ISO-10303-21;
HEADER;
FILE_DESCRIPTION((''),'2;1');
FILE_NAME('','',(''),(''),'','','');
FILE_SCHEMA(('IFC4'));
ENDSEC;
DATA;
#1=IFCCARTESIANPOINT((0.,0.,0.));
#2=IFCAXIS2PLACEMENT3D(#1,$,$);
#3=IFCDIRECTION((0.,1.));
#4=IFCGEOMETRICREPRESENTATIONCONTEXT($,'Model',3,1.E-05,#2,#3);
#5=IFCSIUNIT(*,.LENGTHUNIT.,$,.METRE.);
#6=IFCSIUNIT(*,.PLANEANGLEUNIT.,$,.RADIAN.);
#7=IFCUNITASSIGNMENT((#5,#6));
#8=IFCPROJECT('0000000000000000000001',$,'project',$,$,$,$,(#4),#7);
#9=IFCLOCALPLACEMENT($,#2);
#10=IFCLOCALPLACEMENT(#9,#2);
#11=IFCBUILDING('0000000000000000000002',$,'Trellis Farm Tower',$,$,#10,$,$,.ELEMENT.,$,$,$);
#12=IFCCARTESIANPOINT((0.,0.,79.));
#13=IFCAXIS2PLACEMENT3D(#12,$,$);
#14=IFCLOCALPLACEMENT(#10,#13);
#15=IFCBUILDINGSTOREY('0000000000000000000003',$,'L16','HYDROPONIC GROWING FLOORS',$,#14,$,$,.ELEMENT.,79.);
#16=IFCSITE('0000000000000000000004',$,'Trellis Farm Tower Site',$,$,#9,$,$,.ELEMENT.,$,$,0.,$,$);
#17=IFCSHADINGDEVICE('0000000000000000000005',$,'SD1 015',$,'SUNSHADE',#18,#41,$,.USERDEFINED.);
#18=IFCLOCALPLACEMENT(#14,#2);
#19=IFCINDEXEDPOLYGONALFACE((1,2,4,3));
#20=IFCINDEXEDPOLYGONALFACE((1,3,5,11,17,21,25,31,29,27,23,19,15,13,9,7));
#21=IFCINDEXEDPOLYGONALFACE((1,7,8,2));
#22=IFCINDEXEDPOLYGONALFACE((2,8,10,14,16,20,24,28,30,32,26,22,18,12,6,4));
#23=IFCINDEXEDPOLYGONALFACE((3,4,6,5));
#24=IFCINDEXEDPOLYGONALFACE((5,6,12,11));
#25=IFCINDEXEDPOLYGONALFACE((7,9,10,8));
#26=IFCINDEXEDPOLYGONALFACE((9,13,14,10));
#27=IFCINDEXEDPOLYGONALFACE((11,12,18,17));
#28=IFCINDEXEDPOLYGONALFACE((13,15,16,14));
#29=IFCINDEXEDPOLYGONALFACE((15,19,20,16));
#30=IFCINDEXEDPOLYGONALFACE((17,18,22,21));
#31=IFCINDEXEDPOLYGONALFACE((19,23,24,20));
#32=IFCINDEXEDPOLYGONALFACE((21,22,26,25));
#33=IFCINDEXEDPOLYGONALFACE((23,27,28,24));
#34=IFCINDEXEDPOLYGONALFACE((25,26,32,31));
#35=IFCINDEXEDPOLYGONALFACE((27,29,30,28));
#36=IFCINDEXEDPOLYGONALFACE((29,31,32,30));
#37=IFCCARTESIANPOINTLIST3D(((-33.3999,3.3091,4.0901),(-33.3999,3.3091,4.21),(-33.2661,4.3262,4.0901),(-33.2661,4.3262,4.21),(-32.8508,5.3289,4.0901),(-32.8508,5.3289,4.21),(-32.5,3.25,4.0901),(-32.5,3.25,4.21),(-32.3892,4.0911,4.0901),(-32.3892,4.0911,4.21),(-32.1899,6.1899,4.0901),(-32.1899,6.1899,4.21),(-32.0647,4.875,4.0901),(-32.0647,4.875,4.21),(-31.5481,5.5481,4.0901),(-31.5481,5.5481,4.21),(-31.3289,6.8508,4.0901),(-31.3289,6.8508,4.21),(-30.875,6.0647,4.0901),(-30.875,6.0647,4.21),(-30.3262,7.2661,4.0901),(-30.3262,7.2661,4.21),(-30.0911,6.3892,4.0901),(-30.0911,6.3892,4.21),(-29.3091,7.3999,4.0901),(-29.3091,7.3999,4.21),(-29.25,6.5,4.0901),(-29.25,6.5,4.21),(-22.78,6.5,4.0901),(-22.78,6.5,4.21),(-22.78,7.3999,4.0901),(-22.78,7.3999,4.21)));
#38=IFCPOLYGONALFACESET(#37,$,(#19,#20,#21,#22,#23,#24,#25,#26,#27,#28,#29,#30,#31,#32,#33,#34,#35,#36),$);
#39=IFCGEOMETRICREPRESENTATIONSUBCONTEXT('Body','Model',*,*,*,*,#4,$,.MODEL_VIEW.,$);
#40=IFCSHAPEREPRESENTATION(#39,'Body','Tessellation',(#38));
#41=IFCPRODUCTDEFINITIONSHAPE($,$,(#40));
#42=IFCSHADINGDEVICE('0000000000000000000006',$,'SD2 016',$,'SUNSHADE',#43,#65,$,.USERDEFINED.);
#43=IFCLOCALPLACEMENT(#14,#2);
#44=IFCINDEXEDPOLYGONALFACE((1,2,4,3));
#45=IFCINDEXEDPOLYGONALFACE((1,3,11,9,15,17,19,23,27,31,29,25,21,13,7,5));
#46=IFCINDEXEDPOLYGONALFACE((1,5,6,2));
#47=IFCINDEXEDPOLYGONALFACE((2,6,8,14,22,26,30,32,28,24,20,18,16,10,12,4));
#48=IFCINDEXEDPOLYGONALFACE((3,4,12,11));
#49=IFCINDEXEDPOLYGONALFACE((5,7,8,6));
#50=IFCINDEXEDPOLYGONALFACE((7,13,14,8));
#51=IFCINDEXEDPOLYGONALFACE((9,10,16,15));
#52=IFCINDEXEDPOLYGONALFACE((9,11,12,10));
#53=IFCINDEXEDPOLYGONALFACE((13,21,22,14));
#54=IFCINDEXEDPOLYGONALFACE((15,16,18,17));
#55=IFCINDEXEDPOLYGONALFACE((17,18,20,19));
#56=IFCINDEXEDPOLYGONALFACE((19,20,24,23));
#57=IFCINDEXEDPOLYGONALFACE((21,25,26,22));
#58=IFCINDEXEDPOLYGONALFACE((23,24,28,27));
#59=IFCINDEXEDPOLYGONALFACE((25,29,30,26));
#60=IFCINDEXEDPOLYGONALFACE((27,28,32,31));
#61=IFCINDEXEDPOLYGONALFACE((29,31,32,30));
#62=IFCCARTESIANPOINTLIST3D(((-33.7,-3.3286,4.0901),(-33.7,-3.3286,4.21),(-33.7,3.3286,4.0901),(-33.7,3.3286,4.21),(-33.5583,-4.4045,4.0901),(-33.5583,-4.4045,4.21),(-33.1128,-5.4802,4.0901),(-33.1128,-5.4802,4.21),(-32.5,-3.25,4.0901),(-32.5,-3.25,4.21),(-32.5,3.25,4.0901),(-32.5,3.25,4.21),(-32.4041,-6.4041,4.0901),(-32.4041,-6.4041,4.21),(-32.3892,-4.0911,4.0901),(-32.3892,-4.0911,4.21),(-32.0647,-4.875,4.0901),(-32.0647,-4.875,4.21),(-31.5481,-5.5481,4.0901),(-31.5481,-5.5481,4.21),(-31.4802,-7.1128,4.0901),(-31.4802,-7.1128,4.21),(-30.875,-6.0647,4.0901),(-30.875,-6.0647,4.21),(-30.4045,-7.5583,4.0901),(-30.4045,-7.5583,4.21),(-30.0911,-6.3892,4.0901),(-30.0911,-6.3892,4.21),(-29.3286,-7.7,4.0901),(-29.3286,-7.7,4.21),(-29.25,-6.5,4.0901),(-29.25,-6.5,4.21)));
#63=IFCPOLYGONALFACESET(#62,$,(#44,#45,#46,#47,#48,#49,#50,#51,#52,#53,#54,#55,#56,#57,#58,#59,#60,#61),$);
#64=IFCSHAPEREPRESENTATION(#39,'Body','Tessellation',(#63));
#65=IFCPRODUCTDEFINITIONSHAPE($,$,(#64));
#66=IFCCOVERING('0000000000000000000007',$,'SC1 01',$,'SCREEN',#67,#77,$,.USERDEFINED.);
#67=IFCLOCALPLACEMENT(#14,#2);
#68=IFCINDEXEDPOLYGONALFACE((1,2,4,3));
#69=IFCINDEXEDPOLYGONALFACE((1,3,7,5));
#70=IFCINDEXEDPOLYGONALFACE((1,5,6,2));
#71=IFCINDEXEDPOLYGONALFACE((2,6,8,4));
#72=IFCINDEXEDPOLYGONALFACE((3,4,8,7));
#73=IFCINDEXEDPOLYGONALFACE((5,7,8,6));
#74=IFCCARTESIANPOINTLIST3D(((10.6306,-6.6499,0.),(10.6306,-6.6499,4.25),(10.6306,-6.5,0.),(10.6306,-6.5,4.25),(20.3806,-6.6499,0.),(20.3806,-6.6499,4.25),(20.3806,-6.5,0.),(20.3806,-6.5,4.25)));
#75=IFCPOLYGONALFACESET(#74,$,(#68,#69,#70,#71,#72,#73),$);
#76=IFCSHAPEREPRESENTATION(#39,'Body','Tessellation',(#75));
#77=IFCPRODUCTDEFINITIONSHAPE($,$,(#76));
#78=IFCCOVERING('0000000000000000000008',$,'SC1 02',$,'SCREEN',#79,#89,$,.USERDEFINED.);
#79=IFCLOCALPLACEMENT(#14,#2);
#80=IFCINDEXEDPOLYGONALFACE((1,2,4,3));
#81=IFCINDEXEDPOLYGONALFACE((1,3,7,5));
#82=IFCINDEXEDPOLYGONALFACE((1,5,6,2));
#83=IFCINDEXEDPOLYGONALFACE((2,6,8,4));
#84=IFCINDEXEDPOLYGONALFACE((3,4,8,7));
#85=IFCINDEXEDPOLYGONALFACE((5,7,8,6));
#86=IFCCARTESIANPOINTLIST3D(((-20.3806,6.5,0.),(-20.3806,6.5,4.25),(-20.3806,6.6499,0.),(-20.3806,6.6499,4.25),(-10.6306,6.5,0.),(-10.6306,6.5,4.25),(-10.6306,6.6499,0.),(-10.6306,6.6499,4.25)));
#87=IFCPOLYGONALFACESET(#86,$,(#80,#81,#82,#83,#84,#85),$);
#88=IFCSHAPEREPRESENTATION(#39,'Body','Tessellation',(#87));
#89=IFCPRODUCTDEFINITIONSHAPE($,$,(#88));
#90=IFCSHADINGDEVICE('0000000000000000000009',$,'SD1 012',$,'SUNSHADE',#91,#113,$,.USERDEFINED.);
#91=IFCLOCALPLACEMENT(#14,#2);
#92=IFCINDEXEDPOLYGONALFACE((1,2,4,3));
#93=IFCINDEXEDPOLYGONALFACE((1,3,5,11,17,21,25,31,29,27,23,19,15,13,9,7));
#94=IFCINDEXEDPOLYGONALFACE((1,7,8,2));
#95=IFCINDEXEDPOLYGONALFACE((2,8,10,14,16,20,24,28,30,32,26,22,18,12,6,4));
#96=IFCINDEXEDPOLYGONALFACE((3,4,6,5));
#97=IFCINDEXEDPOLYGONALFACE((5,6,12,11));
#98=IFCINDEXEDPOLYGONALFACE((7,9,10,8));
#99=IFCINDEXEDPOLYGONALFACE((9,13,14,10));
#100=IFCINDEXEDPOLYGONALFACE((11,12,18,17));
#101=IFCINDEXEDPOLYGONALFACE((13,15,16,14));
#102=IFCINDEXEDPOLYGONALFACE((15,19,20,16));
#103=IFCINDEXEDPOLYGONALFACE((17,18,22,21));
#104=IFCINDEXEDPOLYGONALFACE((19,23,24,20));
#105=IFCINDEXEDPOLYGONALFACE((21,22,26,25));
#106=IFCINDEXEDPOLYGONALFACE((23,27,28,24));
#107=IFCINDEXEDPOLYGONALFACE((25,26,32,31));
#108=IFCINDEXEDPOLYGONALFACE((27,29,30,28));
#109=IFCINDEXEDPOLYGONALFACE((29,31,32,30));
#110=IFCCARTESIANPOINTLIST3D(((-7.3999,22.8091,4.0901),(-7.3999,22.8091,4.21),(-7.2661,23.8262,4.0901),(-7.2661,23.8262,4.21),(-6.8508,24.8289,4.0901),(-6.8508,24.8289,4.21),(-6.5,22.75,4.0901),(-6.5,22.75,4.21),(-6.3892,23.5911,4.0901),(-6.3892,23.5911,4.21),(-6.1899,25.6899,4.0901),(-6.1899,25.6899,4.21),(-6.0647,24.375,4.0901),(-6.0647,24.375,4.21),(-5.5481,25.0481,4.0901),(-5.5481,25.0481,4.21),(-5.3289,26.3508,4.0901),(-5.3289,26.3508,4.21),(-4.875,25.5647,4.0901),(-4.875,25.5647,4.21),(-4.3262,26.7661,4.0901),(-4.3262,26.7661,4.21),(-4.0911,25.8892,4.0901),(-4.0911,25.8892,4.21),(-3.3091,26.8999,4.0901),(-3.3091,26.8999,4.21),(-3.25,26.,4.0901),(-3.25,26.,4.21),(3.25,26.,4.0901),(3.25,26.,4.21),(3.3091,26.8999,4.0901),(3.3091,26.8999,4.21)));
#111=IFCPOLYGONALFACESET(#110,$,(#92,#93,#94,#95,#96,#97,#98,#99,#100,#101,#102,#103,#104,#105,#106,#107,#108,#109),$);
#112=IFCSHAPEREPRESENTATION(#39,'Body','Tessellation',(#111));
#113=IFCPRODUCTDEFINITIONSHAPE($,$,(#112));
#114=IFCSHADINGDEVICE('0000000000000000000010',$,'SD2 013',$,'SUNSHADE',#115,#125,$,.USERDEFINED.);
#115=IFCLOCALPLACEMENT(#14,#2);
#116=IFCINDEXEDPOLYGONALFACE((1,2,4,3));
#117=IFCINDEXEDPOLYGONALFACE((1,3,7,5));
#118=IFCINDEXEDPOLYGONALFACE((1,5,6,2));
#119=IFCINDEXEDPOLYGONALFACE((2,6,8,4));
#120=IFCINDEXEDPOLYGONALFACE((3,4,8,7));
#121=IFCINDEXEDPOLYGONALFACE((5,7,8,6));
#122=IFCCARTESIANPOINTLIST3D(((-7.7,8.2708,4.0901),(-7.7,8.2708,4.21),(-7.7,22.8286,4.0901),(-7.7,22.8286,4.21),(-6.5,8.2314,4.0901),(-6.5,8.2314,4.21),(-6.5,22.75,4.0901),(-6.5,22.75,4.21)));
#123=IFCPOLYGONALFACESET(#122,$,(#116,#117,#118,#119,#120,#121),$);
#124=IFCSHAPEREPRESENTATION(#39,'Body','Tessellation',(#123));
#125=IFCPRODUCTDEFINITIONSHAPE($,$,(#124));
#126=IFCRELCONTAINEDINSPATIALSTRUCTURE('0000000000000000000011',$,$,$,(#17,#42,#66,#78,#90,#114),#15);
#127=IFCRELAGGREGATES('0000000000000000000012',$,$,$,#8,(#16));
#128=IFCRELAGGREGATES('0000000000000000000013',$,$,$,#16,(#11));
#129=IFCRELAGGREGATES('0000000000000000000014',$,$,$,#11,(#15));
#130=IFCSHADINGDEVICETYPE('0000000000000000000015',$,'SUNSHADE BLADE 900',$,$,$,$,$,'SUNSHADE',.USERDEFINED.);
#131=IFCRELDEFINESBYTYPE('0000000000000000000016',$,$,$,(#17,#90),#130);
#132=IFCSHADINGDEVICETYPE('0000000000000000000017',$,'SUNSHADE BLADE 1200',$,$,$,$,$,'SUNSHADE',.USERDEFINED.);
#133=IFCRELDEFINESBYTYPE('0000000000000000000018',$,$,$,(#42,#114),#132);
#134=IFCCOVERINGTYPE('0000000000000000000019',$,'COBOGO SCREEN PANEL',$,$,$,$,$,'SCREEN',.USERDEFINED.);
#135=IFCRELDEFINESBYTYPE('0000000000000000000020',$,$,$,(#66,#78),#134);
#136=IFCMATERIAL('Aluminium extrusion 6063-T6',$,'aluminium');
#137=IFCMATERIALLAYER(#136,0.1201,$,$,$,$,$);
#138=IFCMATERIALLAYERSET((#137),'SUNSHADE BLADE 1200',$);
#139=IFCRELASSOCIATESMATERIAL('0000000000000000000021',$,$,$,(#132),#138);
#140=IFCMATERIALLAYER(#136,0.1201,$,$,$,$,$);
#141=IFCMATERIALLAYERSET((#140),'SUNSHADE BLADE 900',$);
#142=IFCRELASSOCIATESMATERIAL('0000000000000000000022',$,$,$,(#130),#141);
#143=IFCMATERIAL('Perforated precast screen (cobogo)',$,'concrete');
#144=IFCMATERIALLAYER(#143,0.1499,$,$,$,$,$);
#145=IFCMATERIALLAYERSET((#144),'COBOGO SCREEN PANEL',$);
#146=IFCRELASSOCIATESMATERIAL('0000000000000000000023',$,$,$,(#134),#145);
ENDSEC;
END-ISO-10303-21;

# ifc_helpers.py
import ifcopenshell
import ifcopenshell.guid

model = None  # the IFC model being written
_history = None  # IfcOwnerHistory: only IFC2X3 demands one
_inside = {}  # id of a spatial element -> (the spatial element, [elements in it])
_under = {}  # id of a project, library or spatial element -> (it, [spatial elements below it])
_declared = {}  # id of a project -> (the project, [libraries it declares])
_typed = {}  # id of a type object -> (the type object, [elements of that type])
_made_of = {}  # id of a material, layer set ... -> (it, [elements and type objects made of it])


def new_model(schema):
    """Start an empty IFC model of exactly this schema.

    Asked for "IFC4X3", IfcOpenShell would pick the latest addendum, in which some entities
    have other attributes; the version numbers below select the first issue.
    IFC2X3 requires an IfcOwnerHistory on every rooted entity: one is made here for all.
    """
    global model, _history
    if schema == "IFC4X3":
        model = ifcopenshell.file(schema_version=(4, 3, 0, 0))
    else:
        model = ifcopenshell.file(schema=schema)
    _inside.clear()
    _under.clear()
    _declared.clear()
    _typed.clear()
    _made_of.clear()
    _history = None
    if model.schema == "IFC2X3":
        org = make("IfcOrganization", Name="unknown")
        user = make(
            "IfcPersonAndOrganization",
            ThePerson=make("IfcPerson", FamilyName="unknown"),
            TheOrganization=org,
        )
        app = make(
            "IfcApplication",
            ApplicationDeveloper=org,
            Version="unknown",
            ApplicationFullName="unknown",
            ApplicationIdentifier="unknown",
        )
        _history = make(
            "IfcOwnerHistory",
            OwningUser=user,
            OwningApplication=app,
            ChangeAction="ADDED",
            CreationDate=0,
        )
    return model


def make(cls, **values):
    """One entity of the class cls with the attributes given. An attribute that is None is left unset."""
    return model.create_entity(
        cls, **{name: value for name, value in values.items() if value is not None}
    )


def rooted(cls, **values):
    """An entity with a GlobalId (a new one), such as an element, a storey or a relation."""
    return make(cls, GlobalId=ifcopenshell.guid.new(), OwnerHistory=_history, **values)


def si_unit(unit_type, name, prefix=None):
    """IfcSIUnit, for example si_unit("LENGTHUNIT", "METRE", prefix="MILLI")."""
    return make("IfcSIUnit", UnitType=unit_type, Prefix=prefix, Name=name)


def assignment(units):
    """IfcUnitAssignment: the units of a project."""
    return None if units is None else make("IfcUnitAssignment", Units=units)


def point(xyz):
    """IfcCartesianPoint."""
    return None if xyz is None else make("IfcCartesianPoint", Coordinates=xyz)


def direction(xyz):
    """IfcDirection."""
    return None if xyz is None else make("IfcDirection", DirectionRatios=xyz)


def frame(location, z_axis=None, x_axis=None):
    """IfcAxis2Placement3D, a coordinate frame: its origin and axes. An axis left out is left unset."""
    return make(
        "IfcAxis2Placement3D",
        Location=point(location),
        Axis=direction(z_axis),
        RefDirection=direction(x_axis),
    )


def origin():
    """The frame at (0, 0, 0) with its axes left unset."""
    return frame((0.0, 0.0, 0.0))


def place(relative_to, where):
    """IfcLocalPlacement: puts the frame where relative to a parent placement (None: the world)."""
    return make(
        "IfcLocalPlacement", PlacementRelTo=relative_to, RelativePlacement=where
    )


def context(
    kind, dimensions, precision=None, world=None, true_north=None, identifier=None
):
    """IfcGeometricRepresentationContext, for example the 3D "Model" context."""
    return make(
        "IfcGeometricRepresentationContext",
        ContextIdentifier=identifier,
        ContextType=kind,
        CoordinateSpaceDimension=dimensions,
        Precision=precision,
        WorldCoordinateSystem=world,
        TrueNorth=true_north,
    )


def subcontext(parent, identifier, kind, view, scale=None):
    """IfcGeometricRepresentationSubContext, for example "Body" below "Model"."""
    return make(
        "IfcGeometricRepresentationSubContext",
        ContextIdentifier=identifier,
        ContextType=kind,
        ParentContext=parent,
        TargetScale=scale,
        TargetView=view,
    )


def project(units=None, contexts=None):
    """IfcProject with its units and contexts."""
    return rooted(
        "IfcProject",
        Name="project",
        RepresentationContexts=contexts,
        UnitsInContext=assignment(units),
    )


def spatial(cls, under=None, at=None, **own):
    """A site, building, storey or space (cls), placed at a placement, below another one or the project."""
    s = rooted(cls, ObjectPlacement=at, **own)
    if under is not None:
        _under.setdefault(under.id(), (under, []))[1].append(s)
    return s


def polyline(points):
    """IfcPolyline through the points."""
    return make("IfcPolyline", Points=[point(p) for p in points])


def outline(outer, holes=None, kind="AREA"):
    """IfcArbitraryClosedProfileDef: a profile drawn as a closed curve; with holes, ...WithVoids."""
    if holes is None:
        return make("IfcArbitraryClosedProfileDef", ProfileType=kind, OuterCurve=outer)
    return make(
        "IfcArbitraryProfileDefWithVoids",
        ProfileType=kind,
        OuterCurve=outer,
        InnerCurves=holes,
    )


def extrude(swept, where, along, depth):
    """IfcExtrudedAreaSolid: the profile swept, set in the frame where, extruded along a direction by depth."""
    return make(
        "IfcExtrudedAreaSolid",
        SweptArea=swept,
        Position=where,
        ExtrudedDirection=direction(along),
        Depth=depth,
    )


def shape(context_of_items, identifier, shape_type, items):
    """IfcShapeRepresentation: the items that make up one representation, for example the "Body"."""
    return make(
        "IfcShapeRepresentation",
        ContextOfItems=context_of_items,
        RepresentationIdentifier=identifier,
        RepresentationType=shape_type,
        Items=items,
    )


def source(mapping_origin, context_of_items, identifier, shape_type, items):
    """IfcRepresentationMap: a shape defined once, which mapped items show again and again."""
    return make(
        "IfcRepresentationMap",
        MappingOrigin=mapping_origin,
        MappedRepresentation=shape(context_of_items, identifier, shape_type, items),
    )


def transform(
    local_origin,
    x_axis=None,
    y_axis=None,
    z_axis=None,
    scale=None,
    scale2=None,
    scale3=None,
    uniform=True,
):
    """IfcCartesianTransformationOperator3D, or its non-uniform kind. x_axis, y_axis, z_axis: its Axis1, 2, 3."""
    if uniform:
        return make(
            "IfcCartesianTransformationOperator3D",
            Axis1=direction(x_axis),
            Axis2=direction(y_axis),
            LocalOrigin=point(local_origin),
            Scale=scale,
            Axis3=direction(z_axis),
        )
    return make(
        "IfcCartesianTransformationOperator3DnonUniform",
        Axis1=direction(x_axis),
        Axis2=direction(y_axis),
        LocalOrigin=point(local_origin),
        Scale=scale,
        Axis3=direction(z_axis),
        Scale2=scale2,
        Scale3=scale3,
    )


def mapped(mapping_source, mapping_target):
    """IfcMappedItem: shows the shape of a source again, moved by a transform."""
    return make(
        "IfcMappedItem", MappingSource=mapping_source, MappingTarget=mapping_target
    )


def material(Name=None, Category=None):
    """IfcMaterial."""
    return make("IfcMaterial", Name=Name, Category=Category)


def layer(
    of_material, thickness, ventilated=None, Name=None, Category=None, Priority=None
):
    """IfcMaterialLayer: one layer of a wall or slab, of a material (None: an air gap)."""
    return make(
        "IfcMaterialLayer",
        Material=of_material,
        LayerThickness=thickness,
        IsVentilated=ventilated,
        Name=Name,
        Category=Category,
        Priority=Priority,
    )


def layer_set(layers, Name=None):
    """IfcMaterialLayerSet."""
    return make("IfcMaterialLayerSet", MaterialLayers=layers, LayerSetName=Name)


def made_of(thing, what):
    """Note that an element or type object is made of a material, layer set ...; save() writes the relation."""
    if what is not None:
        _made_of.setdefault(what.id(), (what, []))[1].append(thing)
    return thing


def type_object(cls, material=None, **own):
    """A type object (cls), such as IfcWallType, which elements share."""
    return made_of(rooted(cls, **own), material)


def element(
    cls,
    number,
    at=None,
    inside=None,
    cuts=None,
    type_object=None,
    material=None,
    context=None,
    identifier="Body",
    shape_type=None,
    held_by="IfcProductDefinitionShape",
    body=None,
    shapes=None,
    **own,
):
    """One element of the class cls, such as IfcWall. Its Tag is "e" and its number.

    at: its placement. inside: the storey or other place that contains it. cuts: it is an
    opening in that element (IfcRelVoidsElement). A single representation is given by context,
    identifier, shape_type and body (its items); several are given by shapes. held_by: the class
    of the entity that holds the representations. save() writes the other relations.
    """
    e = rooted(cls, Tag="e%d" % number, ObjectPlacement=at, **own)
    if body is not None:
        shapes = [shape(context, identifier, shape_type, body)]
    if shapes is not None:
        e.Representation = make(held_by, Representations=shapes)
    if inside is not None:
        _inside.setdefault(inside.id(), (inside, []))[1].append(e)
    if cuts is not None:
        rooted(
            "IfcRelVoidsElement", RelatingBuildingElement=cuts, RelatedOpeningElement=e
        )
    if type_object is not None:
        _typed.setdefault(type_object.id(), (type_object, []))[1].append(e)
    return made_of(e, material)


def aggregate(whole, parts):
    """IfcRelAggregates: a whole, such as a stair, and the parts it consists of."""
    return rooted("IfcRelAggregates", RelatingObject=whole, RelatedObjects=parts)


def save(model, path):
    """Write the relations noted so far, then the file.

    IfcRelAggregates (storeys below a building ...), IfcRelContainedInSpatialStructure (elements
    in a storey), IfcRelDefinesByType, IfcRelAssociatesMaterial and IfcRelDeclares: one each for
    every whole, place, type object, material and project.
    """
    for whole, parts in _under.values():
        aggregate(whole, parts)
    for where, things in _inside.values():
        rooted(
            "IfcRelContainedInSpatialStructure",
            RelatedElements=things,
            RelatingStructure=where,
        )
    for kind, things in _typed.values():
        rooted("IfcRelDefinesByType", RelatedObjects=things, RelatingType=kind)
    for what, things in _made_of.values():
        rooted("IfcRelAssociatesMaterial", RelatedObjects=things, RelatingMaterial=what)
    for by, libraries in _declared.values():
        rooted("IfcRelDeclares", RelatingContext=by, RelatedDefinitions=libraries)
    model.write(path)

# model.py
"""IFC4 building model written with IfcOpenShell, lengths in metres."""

from ifc_helpers import new_model, si_unit, direction, frame, origin, place, context, subcontext, project, spatial, polyline, outline, extrude, source, transform, mapped, material, layer, layer_set, type_object, element, save


model = new_model("IFC4")

# Units and contexts
model_context = context("Model", 3, precision=1e-05, world=origin(), true_north=direction((0.0, 1.0)))
body_context = subcontext(model_context, "Body", "Model", "MODEL_VIEW")
ifc_project = project(units=[si_unit("LENGTHUNIT", "METRE"), si_unit("PLANEANGLEUNIT", "RADIAN")], contexts=[model_context])

# Site, building, storey
site_placement = place(None, origin())
site = spatial("IfcSite", under=ifc_project, at=site_placement, Name="Trellis Farm Tower Site", CompositionType="ELEMENT", RefElevation=0.0)
building_placement = place(site_placement, origin())
building = spatial("IfcBuilding", under=site, at=building_placement, Name="Trellis Farm Tower", CompositionType="ELEMENT")
storey_placement = place(building_placement, frame((0.0, 0.0, 79.0)))
storey = spatial("IfcBuildingStorey", under=building, at=storey_placement, Name="L16", Description="HYDROPONIC GROWING FLOORS", CompositionType="ELEMENT", Elevation=79.0)

# Shared definitions
placement_1 = place(storey_placement, origin())
ifc_material_1 = material(Name="Aluminium extrusion 6063-T6", Category="aluminium")

# Shading devices
ifc_layer_1 = layer(ifc_material_1, 0.1201)
ifc_layer_set_1 = layer_set([ifc_layer_1], Name="SUNSHADE BLADE 1200")
shading_device_type_1 = type_object("IfcShadingDeviceType", Name="SUNSHADE BLADE 1200", ElementType="SUNSHADE", PredefinedType="USERDEFINED", material=ifc_layer_set_1)
placement_2 = place(storey_placement, frame((0.0, 0.0, 4.0901)))
ifc_layer_2 = layer(ifc_material_1, 0.1201)
ifc_layer_set_2 = layer_set([ifc_layer_2], Name="SUNSHADE BLADE 900")
shading_device_type_2 = type_object("IfcShadingDeviceType", Name="SUNSHADE BLADE 900", ElementType="SUNSHADE", PredefinedType="USERDEFINED", material=ifc_layer_set_2)
shared_shape_1 = source(origin(), body_context, "Body", "SweptSolid", [
    extrude(outline(polyline([(-22.78, 7.3999), (-29.3091, 7.3999), (-30.3262, 7.2661), (-31.3289, 6.8508), (-32.1899, 6.1899), (-32.8508, 5.3289), (-33.2661, 4.3262), (-33.3999, 3.3091), (-32.5, 3.25), (-32.3892, 4.0911), (-32.0647, 4.875), (-31.5481, 5.5481), (-30.875, 6.0647), (-30.0911, 6.3892), (-29.25, 6.5), (-22.78, 6.5), (-22.78, 7.3999)])), origin(), (0.0, 0.0, 1.0), 0.1199),
])
element("IfcShadingDevice", 1, at=placement_2, inside=storey, type_object=shading_device_type_2, Name="SD1 015", ObjectType="SUNSHADE", PredefinedType="USERDEFINED", context=body_context, shape_type="MappedRepresentation", body=[
    mapped(shared_shape_1, transform((0.0, 0.0, 0.0))),
])
shared_shape_2 = source(origin(), body_context, "Body", "SweptSolid", [
    extrude(outline(polyline([(-33.7, 3.3286), (-33.7, -3.3286), (-33.5583, -4.4045), (-33.1128, -5.4802), (-32.4041, -6.4041), (-31.4802, -7.1128), (-30.4045, -7.5583), (-29.3286, -7.7), (-29.25, -6.5), (-30.0911, -6.3892), (-30.875, -6.0647), (-31.5481, -5.5481), (-32.0647, -4.875), (-32.3892, -4.0911), (-32.5, -3.25), (-32.5, 3.25), (-33.7, 3.3286)])), origin(), (0.0, 0.0, 1.0), 0.1199),
])
element("IfcShadingDevice", 2, at=placement_2, inside=storey, type_object=shading_device_type_1, Name="SD2 016", ObjectType="SUNSHADE", PredefinedType="USERDEFINED", context=body_context, shape_type="MappedRepresentation", body=[
    mapped(shared_shape_2, transform((0.0, 0.0, 0.0))),
])

# Coverings
ifc_material_2 = material(Name="Perforated precast screen (cobogo)", Category="concrete")
ifc_layer_3 = layer(ifc_material_2, 0.1499)
ifc_layer_set_3 = layer_set([ifc_layer_3], Name="COBOGO SCREEN PANEL")
covering_type = type_object("IfcCoveringType", Name="COBOGO SCREEN PANEL", ElementType="SCREEN", PredefinedType="USERDEFINED", material=ifc_layer_set_3)
shared_shape_3 = source(origin(), body_context, "Body", "SweptSolid", [
    extrude(outline(polyline([(10.6306, -6.6499), (20.3806, -6.6499), (20.3806, -6.5), (10.6306, -6.5), (10.6306, -6.6499)])), origin(), (0.0, 0.0, 1.0), 4.25),
])
element("IfcCovering", 3, at=placement_1, inside=storey, type_object=covering_type, Name="SC1 01", ObjectType="SCREEN", PredefinedType="USERDEFINED", context=body_context, shape_type="MappedRepresentation", body=[
    mapped(shared_shape_3, transform((0.0, 0.0, 0.0))),
])
shared_shape_4 = source(origin(), body_context, "Body", "SweptSolid", [
    extrude(outline(polyline([(-10.6306, 6.6499), (-20.3806, 6.6499), (-20.3806, 6.5), (-10.6306, 6.5), (-10.6306, 6.6499)])), origin(), (0.0, 0.0, 1.0), 4.25),
])
element("IfcCovering", 4, at=placement_1, inside=storey, type_object=covering_type, Name="SC1 02", ObjectType="SCREEN", PredefinedType="USERDEFINED", context=body_context, shape_type="MappedRepresentation", body=[
    mapped(shared_shape_4, transform((0.0, 0.0, 0.0))),
])

# Shading devices
shared_shape_5 = source(origin(), body_context, "Body", "SweptSolid", [
    extrude(outline(polyline([(3.3091, 26.8999), (-3.3091, 26.8999), (-4.3262, 26.7661), (-5.3289, 26.3508), (-6.1899, 25.6899), (-6.8508, 24.8289), (-7.2661, 23.8262), (-7.3999, 22.8091), (-6.5, 22.75), (-6.3892, 23.5911), (-6.0647, 24.375), (-5.5481, 25.0481), (-4.875, 25.5647), (-4.0911, 25.8892), (-3.25, 26.0), (3.25, 26.0), (3.3091, 26.8999)])), origin(), (0.0, 0.0, 1.0), 0.1199),
])
element("IfcShadingDevice", 5, at=placement_2, inside=storey, type_object=shading_device_type_2, Name="SD1 012", ObjectType="SUNSHADE", PredefinedType="USERDEFINED", context=body_context, shape_type="MappedRepresentation", body=[
    mapped(shared_shape_5, transform((0.0, 0.0, 0.0))),
])
shared_shape_6 = source(origin(), body_context, "Body", "SweptSolid", [
    extrude(outline(polyline([(-7.7, 22.8286), (-7.7, 8.2708), (-6.5, 8.2314), (-6.5, 22.75), (-7.7, 22.8286)])), origin(), (0.0, 0.0, 1.0), 0.1199),
])
element("IfcShadingDevice", 6, at=placement_2, inside=storey, type_object=shading_device_type_1, Name="SD2 013", ObjectType="SUNSHADE", PredefinedType="USERDEFINED", context=body_context, shape_type="MappedRepresentation", body=[
    mapped(shared_shape_6, transform((0.0, 0.0, 0.0))),
])

save(model, "model.ifc")
